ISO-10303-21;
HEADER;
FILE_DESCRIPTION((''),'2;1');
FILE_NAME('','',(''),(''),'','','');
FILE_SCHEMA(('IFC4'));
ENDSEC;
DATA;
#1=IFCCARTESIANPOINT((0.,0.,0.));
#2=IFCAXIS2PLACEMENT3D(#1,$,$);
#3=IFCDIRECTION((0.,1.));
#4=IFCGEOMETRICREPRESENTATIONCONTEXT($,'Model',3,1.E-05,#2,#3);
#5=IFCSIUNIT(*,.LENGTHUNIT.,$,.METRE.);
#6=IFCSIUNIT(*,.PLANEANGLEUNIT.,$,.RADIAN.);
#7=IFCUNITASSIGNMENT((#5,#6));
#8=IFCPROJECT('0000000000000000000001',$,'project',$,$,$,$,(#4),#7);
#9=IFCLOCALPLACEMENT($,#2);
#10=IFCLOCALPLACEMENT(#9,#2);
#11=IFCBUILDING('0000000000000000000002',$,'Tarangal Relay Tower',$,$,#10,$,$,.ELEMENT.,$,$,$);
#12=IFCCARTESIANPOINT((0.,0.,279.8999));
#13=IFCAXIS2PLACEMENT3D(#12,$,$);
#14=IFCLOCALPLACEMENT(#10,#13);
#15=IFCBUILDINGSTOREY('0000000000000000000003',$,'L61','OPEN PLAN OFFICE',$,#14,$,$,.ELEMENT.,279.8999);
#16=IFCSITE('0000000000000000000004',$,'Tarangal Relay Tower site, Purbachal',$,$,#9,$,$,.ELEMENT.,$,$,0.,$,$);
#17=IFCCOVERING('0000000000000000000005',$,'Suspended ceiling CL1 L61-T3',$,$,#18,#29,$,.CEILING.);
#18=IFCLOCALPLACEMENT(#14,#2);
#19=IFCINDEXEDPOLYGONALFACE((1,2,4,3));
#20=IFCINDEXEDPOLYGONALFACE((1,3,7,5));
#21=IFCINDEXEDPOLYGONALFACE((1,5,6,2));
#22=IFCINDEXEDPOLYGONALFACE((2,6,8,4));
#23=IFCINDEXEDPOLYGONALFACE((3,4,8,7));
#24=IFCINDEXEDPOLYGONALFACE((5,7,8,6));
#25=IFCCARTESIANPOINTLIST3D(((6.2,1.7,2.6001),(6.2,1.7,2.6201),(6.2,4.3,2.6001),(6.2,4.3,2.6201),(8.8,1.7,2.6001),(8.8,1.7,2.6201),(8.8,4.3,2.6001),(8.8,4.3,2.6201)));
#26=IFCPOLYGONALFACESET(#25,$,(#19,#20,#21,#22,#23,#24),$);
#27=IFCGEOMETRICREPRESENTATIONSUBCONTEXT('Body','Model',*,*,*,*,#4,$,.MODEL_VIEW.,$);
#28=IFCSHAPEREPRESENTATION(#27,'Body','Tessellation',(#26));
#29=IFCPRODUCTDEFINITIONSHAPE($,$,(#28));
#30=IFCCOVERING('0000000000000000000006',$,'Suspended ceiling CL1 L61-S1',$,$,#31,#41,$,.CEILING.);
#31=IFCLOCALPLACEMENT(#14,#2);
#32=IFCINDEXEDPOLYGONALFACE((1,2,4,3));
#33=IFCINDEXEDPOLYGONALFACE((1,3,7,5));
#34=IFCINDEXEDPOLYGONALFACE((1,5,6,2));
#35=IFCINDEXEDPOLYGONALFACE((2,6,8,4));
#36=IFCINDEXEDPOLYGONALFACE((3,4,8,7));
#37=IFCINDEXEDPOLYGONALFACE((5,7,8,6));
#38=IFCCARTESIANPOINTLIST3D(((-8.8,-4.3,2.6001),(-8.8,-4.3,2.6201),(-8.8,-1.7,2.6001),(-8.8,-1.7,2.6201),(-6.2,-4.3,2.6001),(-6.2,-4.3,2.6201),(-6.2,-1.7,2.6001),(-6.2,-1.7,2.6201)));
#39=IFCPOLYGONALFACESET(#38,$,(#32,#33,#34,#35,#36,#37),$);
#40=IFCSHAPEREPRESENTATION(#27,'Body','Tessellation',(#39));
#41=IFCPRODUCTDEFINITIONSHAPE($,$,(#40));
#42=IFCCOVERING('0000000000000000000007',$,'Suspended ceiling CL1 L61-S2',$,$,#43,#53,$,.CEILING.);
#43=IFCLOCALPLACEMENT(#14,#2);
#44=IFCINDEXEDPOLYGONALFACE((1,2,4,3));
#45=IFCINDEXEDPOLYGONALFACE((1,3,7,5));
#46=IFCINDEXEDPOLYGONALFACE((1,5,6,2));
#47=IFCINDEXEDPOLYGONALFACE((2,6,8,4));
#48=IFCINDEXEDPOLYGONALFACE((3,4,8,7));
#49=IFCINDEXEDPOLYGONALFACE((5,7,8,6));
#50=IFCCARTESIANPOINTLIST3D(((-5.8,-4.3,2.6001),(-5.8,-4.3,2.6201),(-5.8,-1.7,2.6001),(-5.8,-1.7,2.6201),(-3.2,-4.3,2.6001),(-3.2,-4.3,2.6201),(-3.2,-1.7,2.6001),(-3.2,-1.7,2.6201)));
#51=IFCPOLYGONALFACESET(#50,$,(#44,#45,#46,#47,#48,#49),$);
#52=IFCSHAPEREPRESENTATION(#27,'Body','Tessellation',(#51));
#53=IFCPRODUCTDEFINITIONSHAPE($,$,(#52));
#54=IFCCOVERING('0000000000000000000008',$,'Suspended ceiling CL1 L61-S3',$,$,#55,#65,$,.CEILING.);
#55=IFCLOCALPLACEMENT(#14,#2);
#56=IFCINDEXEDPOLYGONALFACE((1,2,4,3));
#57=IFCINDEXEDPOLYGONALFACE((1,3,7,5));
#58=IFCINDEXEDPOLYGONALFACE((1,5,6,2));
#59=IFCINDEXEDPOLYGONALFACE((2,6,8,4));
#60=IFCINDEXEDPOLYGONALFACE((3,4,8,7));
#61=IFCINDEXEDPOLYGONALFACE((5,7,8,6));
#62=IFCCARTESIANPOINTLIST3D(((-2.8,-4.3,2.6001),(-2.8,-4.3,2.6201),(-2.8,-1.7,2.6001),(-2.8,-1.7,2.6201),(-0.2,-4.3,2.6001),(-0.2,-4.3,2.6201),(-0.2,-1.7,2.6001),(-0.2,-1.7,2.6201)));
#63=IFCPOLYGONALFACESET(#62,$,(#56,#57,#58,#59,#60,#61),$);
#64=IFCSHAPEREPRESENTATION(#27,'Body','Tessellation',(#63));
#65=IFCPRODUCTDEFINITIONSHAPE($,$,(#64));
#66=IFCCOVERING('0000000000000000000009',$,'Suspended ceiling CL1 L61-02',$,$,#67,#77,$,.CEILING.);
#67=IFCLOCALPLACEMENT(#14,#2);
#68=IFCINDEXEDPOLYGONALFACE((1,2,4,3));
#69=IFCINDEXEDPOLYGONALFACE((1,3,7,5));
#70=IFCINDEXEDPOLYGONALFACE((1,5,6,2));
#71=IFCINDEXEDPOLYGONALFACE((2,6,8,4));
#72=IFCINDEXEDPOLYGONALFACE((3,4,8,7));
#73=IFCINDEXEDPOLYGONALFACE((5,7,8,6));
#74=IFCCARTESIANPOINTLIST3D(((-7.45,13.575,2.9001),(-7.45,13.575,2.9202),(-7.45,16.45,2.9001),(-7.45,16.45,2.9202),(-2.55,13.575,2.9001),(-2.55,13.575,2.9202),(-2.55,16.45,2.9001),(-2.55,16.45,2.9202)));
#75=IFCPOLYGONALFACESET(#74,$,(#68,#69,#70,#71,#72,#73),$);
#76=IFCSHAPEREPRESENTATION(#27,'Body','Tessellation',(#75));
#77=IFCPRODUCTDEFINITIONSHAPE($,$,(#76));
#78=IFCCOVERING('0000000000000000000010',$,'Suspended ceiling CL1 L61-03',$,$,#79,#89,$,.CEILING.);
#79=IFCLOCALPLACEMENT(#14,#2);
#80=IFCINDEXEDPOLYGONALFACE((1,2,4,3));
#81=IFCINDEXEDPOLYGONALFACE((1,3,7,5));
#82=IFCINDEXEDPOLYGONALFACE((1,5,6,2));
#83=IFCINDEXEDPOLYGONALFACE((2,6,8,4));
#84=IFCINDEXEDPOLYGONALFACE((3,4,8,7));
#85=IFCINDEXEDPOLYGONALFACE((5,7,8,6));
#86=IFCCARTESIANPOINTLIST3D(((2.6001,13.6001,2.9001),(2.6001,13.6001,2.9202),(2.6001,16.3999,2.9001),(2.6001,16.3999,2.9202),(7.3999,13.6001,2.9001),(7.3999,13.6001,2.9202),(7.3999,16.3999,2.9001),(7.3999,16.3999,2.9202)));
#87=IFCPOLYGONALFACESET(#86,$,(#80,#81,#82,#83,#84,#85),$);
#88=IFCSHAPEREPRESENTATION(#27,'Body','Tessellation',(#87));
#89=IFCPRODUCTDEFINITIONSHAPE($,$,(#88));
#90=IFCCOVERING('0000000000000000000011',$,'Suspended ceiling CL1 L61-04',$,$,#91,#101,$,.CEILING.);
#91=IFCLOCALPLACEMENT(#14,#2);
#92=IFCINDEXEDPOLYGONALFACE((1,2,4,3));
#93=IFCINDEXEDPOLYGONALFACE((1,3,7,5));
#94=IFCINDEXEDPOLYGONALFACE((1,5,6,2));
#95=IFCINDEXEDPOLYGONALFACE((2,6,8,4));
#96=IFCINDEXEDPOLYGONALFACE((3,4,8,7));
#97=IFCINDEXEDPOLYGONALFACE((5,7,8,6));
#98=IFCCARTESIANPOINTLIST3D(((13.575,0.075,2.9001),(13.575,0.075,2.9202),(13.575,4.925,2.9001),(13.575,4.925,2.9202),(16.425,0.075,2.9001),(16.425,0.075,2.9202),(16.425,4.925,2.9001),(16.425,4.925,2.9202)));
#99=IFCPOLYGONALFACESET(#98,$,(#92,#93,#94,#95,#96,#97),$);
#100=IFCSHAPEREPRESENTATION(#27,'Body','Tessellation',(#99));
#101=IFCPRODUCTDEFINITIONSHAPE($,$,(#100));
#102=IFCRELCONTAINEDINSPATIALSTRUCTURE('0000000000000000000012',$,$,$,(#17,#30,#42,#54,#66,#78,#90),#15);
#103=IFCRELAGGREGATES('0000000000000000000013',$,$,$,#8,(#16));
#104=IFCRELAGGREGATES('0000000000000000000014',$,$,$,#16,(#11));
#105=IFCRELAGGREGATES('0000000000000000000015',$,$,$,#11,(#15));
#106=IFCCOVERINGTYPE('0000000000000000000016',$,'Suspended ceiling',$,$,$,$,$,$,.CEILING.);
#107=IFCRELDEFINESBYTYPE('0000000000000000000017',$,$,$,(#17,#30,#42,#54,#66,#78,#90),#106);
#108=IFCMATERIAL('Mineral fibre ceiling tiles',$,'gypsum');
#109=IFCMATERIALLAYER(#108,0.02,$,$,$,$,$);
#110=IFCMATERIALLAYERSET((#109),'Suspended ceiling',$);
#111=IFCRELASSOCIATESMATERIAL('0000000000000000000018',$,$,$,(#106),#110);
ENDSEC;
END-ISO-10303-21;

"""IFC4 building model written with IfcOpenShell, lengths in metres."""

from ifc_helpers import new_model, si_unit, direction, frame, origin, place, context, subcontext, project, spatial, polyline, outline, extrude, material, layer, layer_set, type_object, element, save


model = new_model("IFC4")

# Units and contexts
model_context = context("Model", 3, precision=1e-05, world=origin(), true_north=direction((0.0, 1.0)))
body_context = subcontext(model_context, "Body", "Model", "MODEL_VIEW")
ifc_project = project(units=[si_unit("LENGTHUNIT", "METRE"), si_unit("PLANEANGLEUNIT", "RADIAN")], contexts=[model_context])

# Site, building, storey
site_placement = place(None, origin())
site = spatial("IfcSite", under=ifc_project, at=site_placement, Name="Tarangal Relay Tower site, Purbachal", CompositionType="ELEMENT", RefElevation=0.0)
building_placement = place(site_placement, origin())
building = spatial("IfcBuilding", under=site, at=building_placement, Name="Tarangal Relay Tower", CompositionType="ELEMENT")
storey_placement = place(building_placement, frame((0.0, 0.0, 279.8999)))
storey = spatial("IfcBuildingStorey", under=building, at=storey_placement, Name="L61", Description="OPEN PLAN OFFICE", CompositionType="ELEMENT", Elevation=279.8999)

# Coverings
ifc_material_1 = material(Name="Mineral fibre ceiling tiles", Category="gypsum")
ifc_layer_1 = layer(ifc_material_1, 0.02)
ifc_layer_set_1 = layer_set([ifc_layer_1], Name="Suspended ceiling")
covering_type_1 = type_object("IfcCoveringType", Name="Suspended ceiling", PredefinedType="CEILING", material=ifc_layer_set_1)
covering_1_placement = place(storey_placement, frame((0.0, 0.0, 2.6001)))
element("IfcCovering", 1, at=covering_1_placement, inside=storey, type_object=covering_type_1, Name="Suspended ceiling CL1 L61-T3", PredefinedType="CEILING", context=body_context, shape_type="SweptSolid", body=[
    extrude(outline(polyline([(6.2, 1.7), (8.8, 1.7), (8.8, 4.3), (6.2, 4.3), (6.2, 1.7)])), origin(), (0.0, 0.0, 1.0), 0.02),
])
covering_2_placement = place(storey_placement, frame((0.0, 0.0, 2.6001)))
element("IfcCovering", 2, at=covering_2_placement, inside=storey, type_object=covering_type_1, Name="Suspended ceiling CL1 L61-S1", PredefinedType="CEILING", context=body_context, shape_type="SweptSolid", body=[
    extrude(outline(polyline([(-8.8, -4.3), (-6.2, -4.3), (-6.2, -1.7), (-8.8, -1.7), (-8.8, -4.3)])), origin(), (0.0, 0.0, 1.0), 0.02),
])
covering_3_placement = place(storey_placement, frame((0.0, 0.0, 2.6001)))
element("IfcCovering", 3, at=covering_3_placement, inside=storey, type_object=covering_type_1, Name="Suspended ceiling CL1 L61-S2", PredefinedType="CEILING", context=body_context, shape_type="SweptSolid", body=[
    extrude(outline(polyline([(-5.8, -4.3), (-3.2, -4.3), (-3.2, -1.7), (-5.8, -1.7), (-5.8, -4.3)])), origin(), (0.0, 0.0, 1.0), 0.02),
])
covering_4_placement = place(storey_placement, frame((0.0, 0.0, 2.6001)))
element("IfcCovering", 4, at=covering_4_placement, inside=storey, type_object=covering_type_1, Name="Suspended ceiling CL1 L61-S3", PredefinedType="CEILING", context=body_context, shape_type="SweptSolid", body=[
    extrude(outline(polyline([(-2.8, -4.3), (-0.2, -4.3), (-0.2, -1.7), (-2.8, -1.7), (-2.8, -4.3)])), origin(), (0.0, 0.0, 1.0), 0.02),
])
covering_5_placement = place(storey_placement, frame((0.0, 0.0, 2.9001)))
element("IfcCovering", 5, at=covering_5_placement, inside=storey, type_object=covering_type_1, Name="Suspended ceiling CL1 L61-02", PredefinedType="CEILING", context=body_context, shape_type="SweptSolid", body=[
    extrude(outline(polyline([(-7.45, 13.575), (-2.55, 13.575), (-2.55, 16.45), (-7.45, 16.45), (-7.45, 13.575)])), origin(), (0.0, 0.0, 1.0), 0.02),
])
covering_6_placement = place(storey_placement, frame((0.0, 0.0, 2.9001)))
element("IfcCovering", 6, at=covering_6_placement, inside=storey, type_object=covering_type_1, Name="Suspended ceiling CL1 L61-03", PredefinedType="CEILING", context=body_context, shape_type="SweptSolid", body=[
    extrude(outline(polyline([(2.6001, 16.3999), (2.6001, 13.6001), (7.3999, 13.6001), (7.3999, 16.3999), (2.6001, 16.3999)])), origin(), (0.0, 0.0, 1.0), 0.02),
])
covering_7_placement = place(storey_placement, frame((0.0, 0.0, 2.9001)))
element("IfcCovering", 7, at=covering_7_placement, inside=storey, type_object=covering_type_1, Name="Suspended ceiling CL1 L61-04", PredefinedType="CEILING", context=body_context, shape_type="SweptSolid", body=[
    extrude(outline(polyline([(16.425, 0.075), (16.425, 4.925), (13.575, 4.925), (13.575, 0.075), (16.425, 0.075)])), origin(), (0.0, 0.0, 1.0), 0.02),
])

save(model, "model.ifc")
